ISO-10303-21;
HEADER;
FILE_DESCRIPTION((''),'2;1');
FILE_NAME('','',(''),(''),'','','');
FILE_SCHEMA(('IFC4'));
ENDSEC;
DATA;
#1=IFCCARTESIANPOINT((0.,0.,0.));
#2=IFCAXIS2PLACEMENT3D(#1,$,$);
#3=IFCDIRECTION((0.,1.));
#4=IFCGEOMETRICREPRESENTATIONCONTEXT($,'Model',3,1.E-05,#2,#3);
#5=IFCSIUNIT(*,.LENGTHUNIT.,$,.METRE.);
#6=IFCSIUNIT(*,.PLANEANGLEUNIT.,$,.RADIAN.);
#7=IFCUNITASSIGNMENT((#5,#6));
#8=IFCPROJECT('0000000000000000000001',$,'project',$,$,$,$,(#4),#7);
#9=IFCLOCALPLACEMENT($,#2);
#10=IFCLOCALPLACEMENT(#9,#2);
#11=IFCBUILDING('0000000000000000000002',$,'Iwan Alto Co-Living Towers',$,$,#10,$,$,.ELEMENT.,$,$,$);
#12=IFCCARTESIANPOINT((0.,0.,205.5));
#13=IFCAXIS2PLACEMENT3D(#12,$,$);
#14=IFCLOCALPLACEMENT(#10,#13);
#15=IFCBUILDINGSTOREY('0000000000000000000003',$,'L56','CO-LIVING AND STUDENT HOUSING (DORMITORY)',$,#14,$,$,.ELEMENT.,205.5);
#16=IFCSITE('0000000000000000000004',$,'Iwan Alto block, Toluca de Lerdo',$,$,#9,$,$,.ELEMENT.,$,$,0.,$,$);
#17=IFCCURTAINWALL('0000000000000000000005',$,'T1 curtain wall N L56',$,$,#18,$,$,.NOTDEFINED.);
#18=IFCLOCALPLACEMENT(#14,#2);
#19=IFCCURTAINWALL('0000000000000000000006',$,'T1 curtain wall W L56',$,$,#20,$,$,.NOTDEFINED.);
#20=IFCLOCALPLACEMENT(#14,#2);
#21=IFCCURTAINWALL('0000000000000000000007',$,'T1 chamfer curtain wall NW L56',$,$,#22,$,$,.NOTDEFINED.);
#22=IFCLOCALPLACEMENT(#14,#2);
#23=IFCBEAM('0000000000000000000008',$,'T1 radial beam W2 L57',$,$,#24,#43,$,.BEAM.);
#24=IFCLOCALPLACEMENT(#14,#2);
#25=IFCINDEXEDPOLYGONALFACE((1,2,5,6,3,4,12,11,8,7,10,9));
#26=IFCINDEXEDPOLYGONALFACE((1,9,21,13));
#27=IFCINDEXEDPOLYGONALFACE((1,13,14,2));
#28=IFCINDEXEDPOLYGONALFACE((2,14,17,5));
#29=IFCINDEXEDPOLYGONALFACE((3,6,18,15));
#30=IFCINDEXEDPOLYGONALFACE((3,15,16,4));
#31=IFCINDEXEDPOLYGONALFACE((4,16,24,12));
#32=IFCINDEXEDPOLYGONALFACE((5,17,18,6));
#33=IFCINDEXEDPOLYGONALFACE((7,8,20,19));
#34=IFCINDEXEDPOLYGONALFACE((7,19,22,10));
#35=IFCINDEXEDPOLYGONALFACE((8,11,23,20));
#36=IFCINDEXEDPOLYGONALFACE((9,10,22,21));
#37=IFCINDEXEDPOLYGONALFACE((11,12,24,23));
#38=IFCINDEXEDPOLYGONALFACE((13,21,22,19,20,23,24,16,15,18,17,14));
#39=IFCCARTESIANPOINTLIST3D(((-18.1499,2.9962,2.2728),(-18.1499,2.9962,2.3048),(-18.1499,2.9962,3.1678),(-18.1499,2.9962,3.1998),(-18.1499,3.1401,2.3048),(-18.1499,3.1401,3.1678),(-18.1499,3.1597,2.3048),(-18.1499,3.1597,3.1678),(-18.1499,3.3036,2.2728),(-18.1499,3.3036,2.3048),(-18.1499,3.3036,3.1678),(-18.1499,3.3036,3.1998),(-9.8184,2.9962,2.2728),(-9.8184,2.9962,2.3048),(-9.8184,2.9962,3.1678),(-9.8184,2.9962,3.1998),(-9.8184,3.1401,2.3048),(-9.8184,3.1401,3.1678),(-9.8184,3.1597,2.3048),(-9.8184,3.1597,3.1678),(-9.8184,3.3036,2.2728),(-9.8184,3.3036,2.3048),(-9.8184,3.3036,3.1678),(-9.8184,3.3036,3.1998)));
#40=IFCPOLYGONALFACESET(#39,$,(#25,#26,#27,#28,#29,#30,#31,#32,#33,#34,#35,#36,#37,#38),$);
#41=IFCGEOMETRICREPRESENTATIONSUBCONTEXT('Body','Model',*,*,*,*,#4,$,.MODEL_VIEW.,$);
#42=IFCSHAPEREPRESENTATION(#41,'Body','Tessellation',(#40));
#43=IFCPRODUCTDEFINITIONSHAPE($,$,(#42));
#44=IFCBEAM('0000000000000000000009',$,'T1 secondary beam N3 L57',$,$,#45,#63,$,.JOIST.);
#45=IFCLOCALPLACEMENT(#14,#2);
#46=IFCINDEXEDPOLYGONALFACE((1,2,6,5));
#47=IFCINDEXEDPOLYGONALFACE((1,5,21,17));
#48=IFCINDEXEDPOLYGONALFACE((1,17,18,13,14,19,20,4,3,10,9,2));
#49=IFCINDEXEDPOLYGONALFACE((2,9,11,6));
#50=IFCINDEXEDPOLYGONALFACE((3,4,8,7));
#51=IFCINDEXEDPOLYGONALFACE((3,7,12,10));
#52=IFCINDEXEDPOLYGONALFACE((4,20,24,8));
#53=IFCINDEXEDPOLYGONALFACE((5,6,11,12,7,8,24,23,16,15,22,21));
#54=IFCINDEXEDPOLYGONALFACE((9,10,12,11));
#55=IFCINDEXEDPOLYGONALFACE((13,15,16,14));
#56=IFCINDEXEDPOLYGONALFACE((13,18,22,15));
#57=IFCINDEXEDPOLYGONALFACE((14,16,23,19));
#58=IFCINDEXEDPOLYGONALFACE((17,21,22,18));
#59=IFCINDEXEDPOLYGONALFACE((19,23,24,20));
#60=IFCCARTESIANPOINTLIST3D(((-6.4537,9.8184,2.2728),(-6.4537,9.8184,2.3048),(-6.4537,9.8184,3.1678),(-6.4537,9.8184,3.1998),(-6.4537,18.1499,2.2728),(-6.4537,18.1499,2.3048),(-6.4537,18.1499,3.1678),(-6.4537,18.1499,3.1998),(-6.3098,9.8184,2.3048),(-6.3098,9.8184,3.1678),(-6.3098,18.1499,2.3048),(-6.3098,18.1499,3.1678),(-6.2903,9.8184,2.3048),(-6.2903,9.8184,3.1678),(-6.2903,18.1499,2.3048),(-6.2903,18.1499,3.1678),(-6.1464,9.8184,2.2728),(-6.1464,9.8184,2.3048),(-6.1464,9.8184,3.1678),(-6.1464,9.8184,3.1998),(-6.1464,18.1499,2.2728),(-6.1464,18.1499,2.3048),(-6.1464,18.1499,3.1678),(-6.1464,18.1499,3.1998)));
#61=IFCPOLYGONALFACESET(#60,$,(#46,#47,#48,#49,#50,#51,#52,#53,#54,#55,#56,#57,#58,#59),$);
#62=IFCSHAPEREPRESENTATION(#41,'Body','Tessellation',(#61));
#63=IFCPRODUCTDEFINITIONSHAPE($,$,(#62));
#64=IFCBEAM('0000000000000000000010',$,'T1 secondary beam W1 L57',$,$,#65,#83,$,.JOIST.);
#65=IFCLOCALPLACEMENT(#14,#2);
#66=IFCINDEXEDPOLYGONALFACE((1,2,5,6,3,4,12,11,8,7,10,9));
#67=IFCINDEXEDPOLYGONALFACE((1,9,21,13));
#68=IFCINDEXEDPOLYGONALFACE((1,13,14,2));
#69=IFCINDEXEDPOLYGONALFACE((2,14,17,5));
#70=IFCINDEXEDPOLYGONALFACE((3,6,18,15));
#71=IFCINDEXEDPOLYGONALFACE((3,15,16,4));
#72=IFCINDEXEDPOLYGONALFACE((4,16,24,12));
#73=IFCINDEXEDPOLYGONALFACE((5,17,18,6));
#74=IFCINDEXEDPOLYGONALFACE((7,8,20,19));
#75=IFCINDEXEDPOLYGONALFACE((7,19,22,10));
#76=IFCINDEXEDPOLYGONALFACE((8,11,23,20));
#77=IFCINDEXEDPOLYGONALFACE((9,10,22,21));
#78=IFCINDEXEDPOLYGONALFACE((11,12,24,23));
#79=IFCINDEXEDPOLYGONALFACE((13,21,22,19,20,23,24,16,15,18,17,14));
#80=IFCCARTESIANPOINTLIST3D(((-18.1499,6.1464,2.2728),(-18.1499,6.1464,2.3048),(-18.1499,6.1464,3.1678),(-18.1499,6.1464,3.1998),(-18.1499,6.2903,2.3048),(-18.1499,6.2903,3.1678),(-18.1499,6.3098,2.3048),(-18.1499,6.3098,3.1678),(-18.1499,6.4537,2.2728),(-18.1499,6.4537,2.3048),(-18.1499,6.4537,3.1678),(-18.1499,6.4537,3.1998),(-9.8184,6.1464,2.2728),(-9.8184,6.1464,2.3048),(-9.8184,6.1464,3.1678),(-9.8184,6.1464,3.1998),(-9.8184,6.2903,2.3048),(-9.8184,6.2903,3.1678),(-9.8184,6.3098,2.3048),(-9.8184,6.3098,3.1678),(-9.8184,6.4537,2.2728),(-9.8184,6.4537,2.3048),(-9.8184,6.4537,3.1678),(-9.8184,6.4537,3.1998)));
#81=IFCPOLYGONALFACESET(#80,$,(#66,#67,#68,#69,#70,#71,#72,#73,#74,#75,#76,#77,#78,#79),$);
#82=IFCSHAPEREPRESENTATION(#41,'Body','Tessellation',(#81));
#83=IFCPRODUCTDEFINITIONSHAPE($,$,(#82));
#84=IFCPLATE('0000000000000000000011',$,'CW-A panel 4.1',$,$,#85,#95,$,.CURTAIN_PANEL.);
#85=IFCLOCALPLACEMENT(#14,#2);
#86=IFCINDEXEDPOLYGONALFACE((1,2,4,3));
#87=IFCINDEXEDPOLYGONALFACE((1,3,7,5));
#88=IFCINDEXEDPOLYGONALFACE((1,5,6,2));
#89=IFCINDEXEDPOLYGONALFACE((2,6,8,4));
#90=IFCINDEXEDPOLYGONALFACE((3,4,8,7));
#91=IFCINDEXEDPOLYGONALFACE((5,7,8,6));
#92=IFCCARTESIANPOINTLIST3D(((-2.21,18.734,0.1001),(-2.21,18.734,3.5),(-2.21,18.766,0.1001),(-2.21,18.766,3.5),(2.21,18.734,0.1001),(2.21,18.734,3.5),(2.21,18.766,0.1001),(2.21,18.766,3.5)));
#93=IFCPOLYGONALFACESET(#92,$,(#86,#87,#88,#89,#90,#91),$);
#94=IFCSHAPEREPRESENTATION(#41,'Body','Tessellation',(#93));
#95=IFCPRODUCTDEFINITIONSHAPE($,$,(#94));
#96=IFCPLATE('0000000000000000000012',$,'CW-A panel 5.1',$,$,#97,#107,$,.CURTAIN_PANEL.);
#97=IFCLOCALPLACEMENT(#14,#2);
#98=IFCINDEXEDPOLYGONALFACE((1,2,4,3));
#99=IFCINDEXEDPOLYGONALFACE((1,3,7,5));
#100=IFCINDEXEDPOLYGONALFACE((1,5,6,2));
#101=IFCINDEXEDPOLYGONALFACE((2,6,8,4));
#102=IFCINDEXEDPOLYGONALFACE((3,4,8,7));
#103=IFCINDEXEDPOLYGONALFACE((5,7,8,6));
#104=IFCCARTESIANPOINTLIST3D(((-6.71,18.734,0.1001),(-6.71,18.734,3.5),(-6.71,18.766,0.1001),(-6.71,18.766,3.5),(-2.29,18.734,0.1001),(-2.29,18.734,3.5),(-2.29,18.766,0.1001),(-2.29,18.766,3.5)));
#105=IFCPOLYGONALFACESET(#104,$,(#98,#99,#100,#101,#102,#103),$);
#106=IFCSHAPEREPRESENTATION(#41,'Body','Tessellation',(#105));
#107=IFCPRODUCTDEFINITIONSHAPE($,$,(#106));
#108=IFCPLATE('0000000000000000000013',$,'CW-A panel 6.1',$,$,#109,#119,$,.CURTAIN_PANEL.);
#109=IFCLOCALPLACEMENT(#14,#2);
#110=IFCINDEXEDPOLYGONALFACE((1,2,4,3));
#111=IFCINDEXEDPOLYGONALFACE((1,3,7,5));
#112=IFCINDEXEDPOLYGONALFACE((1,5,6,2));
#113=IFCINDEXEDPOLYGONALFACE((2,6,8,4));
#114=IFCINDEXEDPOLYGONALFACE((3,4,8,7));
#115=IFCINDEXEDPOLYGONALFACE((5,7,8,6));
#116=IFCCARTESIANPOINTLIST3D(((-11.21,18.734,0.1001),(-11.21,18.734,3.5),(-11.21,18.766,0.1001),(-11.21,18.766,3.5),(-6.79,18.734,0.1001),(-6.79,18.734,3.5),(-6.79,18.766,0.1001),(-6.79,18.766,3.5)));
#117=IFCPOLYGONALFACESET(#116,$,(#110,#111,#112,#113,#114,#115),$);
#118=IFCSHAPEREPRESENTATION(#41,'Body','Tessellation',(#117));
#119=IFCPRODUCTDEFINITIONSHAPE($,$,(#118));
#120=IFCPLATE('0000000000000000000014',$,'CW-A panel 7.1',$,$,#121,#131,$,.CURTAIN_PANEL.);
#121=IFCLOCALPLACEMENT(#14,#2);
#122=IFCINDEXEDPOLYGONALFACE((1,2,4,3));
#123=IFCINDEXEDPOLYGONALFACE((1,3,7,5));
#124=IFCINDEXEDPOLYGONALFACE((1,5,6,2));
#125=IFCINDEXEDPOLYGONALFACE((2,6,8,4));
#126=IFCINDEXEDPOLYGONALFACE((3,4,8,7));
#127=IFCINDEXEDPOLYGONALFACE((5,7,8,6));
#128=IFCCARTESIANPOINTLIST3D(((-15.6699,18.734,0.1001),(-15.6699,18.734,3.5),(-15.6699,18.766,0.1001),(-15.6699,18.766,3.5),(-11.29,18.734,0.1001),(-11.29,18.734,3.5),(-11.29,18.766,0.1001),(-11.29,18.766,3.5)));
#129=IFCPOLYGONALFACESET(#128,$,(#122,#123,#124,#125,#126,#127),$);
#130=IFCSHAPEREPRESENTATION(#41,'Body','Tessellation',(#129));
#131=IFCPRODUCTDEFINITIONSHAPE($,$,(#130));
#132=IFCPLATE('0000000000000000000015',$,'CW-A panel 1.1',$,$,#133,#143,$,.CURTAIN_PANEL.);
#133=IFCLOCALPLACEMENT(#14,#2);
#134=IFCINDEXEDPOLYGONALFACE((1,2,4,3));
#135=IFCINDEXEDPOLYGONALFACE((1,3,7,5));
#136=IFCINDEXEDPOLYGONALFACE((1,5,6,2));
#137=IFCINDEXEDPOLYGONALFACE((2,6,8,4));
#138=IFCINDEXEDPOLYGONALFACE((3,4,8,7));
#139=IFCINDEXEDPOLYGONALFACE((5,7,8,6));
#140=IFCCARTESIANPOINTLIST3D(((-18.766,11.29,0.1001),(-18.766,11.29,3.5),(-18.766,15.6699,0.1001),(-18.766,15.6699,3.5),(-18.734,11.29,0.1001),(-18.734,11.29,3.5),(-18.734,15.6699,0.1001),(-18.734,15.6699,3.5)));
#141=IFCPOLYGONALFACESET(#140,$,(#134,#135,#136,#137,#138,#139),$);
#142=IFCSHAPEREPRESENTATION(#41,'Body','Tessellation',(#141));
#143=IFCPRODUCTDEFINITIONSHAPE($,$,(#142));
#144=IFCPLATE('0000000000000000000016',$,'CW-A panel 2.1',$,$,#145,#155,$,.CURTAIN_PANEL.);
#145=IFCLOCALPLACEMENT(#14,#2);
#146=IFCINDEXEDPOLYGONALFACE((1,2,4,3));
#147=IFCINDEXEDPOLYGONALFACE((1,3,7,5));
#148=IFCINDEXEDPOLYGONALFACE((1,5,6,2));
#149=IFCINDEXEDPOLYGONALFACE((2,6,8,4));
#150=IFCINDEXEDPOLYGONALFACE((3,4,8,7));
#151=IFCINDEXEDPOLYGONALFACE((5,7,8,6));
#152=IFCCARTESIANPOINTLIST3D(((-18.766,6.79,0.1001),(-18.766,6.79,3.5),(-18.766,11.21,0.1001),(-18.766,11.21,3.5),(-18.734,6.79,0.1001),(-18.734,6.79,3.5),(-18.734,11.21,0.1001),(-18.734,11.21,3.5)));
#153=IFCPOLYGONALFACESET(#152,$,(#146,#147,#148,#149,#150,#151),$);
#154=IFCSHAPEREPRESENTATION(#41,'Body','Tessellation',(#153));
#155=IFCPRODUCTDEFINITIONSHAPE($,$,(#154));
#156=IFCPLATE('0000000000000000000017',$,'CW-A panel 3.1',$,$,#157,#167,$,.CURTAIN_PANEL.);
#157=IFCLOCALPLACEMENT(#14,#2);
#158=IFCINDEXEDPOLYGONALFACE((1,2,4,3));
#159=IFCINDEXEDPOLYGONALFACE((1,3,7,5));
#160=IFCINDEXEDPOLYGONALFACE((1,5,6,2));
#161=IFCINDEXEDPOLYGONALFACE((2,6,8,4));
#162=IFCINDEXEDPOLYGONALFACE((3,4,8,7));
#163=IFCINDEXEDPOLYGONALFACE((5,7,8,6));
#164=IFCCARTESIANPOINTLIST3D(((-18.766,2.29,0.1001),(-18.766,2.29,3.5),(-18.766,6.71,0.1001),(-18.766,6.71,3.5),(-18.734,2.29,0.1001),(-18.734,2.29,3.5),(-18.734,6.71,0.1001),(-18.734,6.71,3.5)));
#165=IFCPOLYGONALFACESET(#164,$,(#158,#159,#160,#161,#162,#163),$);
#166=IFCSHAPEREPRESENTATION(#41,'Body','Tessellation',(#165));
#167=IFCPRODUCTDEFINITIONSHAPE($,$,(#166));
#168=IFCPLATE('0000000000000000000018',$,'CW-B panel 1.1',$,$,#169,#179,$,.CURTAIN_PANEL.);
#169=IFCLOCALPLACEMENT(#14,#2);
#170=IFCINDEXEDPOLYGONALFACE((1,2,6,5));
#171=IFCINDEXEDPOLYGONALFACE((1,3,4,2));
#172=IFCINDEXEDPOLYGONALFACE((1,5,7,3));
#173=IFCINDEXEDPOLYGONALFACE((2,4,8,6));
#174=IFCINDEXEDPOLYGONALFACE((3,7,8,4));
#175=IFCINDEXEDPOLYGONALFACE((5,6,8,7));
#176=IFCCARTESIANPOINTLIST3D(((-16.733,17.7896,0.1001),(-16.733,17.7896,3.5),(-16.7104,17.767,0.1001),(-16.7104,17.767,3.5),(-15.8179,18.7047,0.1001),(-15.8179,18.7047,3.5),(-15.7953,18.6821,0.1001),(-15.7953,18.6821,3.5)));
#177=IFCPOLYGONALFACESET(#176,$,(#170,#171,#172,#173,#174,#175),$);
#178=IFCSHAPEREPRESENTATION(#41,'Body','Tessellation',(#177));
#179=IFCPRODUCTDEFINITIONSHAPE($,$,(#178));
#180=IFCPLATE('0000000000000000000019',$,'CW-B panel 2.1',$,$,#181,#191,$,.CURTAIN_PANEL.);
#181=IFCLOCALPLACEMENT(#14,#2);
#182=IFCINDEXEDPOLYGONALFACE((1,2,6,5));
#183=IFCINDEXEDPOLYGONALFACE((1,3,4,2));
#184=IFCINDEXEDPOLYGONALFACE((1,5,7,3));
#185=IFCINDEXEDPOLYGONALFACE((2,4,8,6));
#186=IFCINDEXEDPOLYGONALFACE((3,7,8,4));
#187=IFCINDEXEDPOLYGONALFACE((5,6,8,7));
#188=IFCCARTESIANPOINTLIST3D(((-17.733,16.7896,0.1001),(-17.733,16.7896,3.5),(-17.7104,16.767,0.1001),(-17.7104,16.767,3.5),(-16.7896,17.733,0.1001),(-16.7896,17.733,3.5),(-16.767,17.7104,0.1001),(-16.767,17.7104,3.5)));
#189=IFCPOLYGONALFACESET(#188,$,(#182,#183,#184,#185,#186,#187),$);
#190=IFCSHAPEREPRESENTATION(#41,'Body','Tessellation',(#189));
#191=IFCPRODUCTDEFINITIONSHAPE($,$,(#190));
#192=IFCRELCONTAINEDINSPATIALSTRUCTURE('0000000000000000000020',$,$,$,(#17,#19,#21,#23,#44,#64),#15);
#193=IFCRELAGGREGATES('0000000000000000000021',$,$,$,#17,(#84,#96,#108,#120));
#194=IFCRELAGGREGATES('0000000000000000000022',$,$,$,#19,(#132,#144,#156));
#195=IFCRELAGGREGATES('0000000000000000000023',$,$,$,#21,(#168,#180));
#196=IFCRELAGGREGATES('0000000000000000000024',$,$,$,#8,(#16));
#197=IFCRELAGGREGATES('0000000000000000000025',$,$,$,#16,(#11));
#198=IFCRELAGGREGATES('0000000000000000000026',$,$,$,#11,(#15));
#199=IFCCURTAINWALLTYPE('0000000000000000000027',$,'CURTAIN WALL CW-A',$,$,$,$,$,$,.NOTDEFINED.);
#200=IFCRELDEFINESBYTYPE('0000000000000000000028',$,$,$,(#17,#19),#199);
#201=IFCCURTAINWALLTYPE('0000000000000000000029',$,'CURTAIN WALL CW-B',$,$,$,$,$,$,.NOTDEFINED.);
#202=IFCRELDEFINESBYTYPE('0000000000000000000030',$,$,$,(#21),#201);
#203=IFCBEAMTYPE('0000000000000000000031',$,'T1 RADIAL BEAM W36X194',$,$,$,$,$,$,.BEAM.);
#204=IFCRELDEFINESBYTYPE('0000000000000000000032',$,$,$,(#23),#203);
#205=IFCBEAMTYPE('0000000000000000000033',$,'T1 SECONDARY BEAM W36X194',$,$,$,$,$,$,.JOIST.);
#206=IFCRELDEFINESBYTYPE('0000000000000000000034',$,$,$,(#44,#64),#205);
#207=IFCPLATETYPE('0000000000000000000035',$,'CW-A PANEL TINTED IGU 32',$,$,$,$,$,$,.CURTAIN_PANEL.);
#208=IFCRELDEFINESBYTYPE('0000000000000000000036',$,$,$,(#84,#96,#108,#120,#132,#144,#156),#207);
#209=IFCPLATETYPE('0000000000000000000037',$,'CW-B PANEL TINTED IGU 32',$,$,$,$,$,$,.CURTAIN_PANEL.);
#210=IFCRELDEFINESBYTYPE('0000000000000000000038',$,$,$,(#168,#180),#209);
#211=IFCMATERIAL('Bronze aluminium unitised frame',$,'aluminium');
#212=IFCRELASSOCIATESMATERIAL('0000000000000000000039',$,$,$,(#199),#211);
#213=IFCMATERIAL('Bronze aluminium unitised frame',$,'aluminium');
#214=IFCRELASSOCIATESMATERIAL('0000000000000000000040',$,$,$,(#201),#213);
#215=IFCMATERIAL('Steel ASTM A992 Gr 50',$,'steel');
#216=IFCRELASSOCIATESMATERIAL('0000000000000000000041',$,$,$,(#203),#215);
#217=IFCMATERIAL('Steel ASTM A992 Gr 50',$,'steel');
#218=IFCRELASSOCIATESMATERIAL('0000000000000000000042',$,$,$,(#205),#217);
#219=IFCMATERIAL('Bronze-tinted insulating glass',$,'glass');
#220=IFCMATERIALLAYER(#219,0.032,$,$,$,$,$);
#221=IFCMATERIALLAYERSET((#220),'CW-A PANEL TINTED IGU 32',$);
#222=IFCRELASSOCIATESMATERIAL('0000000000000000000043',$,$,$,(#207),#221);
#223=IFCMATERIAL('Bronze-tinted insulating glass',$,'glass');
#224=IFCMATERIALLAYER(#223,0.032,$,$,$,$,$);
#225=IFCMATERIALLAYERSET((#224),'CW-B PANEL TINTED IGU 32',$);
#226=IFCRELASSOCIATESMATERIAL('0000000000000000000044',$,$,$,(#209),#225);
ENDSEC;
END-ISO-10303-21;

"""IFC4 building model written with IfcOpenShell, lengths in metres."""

from ifc_helpers import new_model, si_unit, direction, frame, origin, origin_2d, place, context, subcontext, project, spatial, rectangle, i_section, extrude, material, layer, layer_set, material_profile, profile_set, type_object, element, aggregate, save


model = new_model("IFC4")

# Units and contexts
model_context = context("Model", 3, precision=1e-05, world=origin(), true_north=direction((0.0, 1.0)))
body_context = subcontext(model_context, "Body", "Model", "MODEL_VIEW")
ifc_project = project(units=[si_unit("LENGTHUNIT", "METRE"), si_unit("PLANEANGLEUNIT", "RADIAN")], contexts=[model_context])

# Site, building, storey
site_placement = place(None, origin())
site = spatial("IfcSite", under=ifc_project, at=site_placement, Name="Iwan Alto block, Toluca de Lerdo", CompositionType="ELEMENT", RefElevation=0.0)
building_placement = place(site_placement, origin())
building = spatial("IfcBuilding", under=site, at=building_placement, Name="Iwan Alto Co-Living Towers", CompositionType="ELEMENT")
storey_placement = place(building_placement, frame((0.0, 0.0, 205.5)))
storey = spatial("IfcBuildingStorey", under=building, at=storey_placement, Name="L56", Description="CO-LIVING AND STUDENT HOUSING (DORMITORY)", CompositionType="ELEMENT", Elevation=205.5)

# Curtain walls
ifc_material_1 = material(Name="Bronze aluminium unitised frame", Category="aluminium")
curtain_wall_type_1 = type_object("IfcCurtainWallType", Name="CURTAIN WALL CW-A", PredefinedType="NOTDEFINED", material=ifc_material_1)
curtain_wall_1_placement = place(storey_placement, origin())
curtain_wall_1 = element("IfcCurtainWall", 1, at=curtain_wall_1_placement, inside=storey, type_object=curtain_wall_type_1, Name="T1 curtain wall N L56", PredefinedType="NOTDEFINED")
curtain_wall_2_placement = place(storey_placement, origin())
curtain_wall_2 = element("IfcCurtainWall", 2, at=curtain_wall_2_placement, inside=storey, type_object=curtain_wall_type_1, Name="T1 curtain wall W L56", PredefinedType="NOTDEFINED")
ifc_material_2 = material(Name="Bronze aluminium unitised frame", Category="aluminium")
curtain_wall_type_2 = type_object("IfcCurtainWallType", Name="CURTAIN WALL CW-B", PredefinedType="NOTDEFINED", material=ifc_material_2)
curtain_wall_3_placement = place(storey_placement, origin())
curtain_wall_3 = element("IfcCurtainWall", 3, at=curtain_wall_3_placement, inside=storey, type_object=curtain_wall_type_2, Name="T1 chamfer curtain wall NW L56", PredefinedType="NOTDEFINED")

# Beams
ifc_material_3 = material(Name="Steel ASTM A992 Gr 50", Category="steel")
ifc_material_profile_1 = material_profile(ifc_material_3, i_section(OverallWidth=0.3074, OverallDepth=0.927, WebThickness=0.0195, FlangeThickness=0.032, at=origin_2d()), Name="W36X194")
ifc_profile_set_1 = profile_set([ifc_material_profile_1], Name="Steel ASTM A992 Gr 50")
beam_type_1 = type_object("IfcBeamType", Name="T1 RADIAL BEAM W36X194", PredefinedType="BEAM", material=ifc_profile_set_1)
for number, where, z_axis, x_axis, name in (
    (4, (-18.1499, 3.1499, 2.7363), (1.0, 0.0, 0.0), (0.0, 1.0, 0.0), "T1 radial beam W2 L57"),
):
    element("IfcBeam", number, at=place(storey_placement, frame(where, z_axis=z_axis, x_axis=x_axis)), inside=storey, type_object=beam_type_1, Name=name, PredefinedType="BEAM", context=body_context, shape_type="SweptSolid", body=[
        extrude(i_section(OverallWidth=0.3074, OverallDepth=0.927, WebThickness=0.0195, FlangeThickness=0.032, at=origin_2d()), origin(), (0.0, 0.0, 1.0), 8.3315),
    ])
ifc_material_4 = material(Name="Steel ASTM A992 Gr 50", Category="steel")
ifc_material_profile_2 = material_profile(ifc_material_4, i_section(OverallWidth=0.3074, OverallDepth=0.927, WebThickness=0.0195, FlangeThickness=0.032, at=origin_2d()), Name="W36X194")
ifc_profile_set_2 = profile_set([ifc_material_profile_2], Name="Steel ASTM A992 Gr 50")
beam_type_2 = type_object("IfcBeamType", Name="T1 SECONDARY BEAM W36X194", PredefinedType="JOIST", material=ifc_profile_set_2)
for number, where, z_axis, x_axis, name in (
    (5, (-6.3, 18.1499, 2.7363), (0.0, -1.0, 0.0), (1.0, 0.0, 0.0), "T1 secondary beam N3 L57"),
    (6, (-18.1499, 6.3, 2.7363), (1.0, 0.0, 0.0), (0.0, 1.0, 0.0), "T1 secondary beam W1 L57"),
):
    element("IfcBeam", number, at=place(storey_placement, frame(where, z_axis=z_axis, x_axis=x_axis)), inside=storey, type_object=beam_type_2, Name=name, PredefinedType="JOIST", context=body_context, shape_type="SweptSolid", body=[
        extrude(i_section(OverallWidth=0.3074, OverallDepth=0.927, WebThickness=0.0195, FlangeThickness=0.032, at=origin_2d()), origin(), (0.0, 0.0, 1.0), 8.3315),
    ])

# Plates
ifc_material_5 = material(Name="Bronze-tinted insulating glass", Category="glass")
ifc_layer_1 = layer(ifc_material_5, 0.032)
ifc_layer_set_1 = layer_set([ifc_layer_1], Name="CW-A PANEL TINTED IGU 32")
plate_type_1 = type_object("IfcPlateType", Name="CW-A PANEL TINTED IGU 32", PredefinedType="CURTAIN_PANEL", material=ifc_layer_set_1)
plate_1_placement = place(storey_placement, frame((0.0, 18.75, 0.1001), z_axis=(0.0, 0.0, 1.0), x_axis=(-1.0, 0.0, 0.0)))
plate_1 = element("IfcPlate", 7, at=plate_1_placement, type_object=plate_type_1, Name="CW-A panel 4.1", PredefinedType="CURTAIN_PANEL", context=body_context, shape_type="SweptSolid", body=[
    extrude(rectangle(XDim=4.4199, YDim=0.032, at=origin_2d()), origin(), (0.0, 0.0, 1.0), 3.3999),
])
plate_2_placement = place(storey_placement, frame((-4.5, 18.75, 0.1001), z_axis=(0.0, 0.0, 1.0), x_axis=(-1.0, 0.0, 0.0)))
plate_2 = element("IfcPlate", 8, at=plate_2_placement, type_object=plate_type_1, Name="CW-A panel 5.1", PredefinedType="CURTAIN_PANEL", context=body_context, shape_type="SweptSolid", body=[
    extrude(rectangle(XDim=4.4199, YDim=0.032, at=origin_2d()), origin(), (0.0, 0.0, 1.0), 3.3999),
])
plate_3_placement = place(storey_placement, frame((-9.0, 18.75, 0.1001), z_axis=(0.0, 0.0, 1.0), x_axis=(-1.0, 0.0, 0.0)))
plate_3 = element("IfcPlate", 9, at=plate_3_placement, type_object=plate_type_1, Name="CW-A panel 6.1", PredefinedType="CURTAIN_PANEL", context=body_context, shape_type="SweptSolid", body=[
    extrude(rectangle(XDim=4.4199, YDim=0.032, at=origin_2d()), origin(), (0.0, 0.0, 1.0), 3.3999),
])
plate_4_placement = place(storey_placement, frame((-13.48, 18.75, 0.1001), z_axis=(0.0, 0.0, 1.0), x_axis=(-1.0, 0.0, 0.0)))
plate_4 = element("IfcPlate", 10, at=plate_4_placement, type_object=plate_type_1, Name="CW-A panel 7.1", PredefinedType="CURTAIN_PANEL", context=body_context, shape_type="SweptSolid", body=[
    extrude(rectangle(XDim=4.3799, YDim=0.032, at=origin_2d()), origin(), (0.0, 0.0, 1.0), 3.3999),
])
aggregate(curtain_wall_1, [plate_1, plate_2, plate_3, plate_4])
plate_5_placement = place(storey_placement, frame((-18.75, 13.48, 0.1001), z_axis=(0.0, 0.0, 1.0), x_axis=(0.0, -1.0, 0.0)))
plate_5 = element("IfcPlate", 11, at=plate_5_placement, type_object=plate_type_1, Name="CW-A panel 1.1", PredefinedType="CURTAIN_PANEL", context=body_context, shape_type="SweptSolid", body=[
    extrude(rectangle(XDim=4.3799, YDim=0.032, at=origin_2d()), origin(), (0.0, 0.0, 1.0), 3.3999),
])
plate_6_placement = place(storey_placement, frame((-18.75, 9.0, 0.1001), z_axis=(0.0, 0.0, 1.0), x_axis=(0.0, -1.0, 0.0)))
plate_6 = element("IfcPlate", 12, at=plate_6_placement, type_object=plate_type_1, Name="CW-A panel 2.1", PredefinedType="CURTAIN_PANEL", context=body_context, shape_type="SweptSolid", body=[
    extrude(rectangle(XDim=4.4199, YDim=0.032, at=origin_2d()), origin(), (0.0, 0.0, 1.0), 3.3999),
])
plate_7_placement = place(storey_placement, frame((-18.75, 4.5, 0.1001), z_axis=(0.0, 0.0, 1.0), x_axis=(0.0, -1.0, 0.0)))
plate_7 = element("IfcPlate", 13, at=plate_7_placement, type_object=plate_type_1, Name="CW-A panel 3.1", PredefinedType="CURTAIN_PANEL", context=body_context, shape_type="SweptSolid", body=[
    extrude(rectangle(XDim=4.4199, YDim=0.032, at=origin_2d()), origin(), (0.0, 0.0, 1.0), 3.3999),
])
aggregate(curtain_wall_2, [plate_5, plate_6, plate_7])
ifc_material_6 = material(Name="Bronze-tinted insulating glass", Category="glass")
ifc_layer_2 = layer(ifc_material_6, 0.032)
ifc_layer_set_2 = layer_set([ifc_layer_2], Name="CW-B PANEL TINTED IGU 32")
plate_type_2 = type_object("IfcPlateType", Name="CW-B PANEL TINTED IGU 32", PredefinedType="CURTAIN_PANEL", material=ifc_layer_set_2)
plate_8_placement = place(storey_placement, frame((-16.2642, 18.2358, 0.1001), z_axis=(0.0, 0.0, 1.0), x_axis=(-0.707107, -0.707107, 0.0)))
plate_8 = element("IfcPlate", 14, at=plate_8_placement, type_object=plate_type_2, Name="CW-B panel 1.1", PredefinedType="CURTAIN_PANEL", context=body_context, shape_type="SweptSolid", body=[
    extrude(rectangle(XDim=1.2942, YDim=0.032, at=origin_2d()), origin(), (0.0, 0.0, 1.0), 3.3999),
])
plate_9_placement = place(storey_placement, frame((-17.25, 17.25, 0.1001), z_axis=(0.0, 0.0, 1.0), x_axis=(-0.707107, -0.707107, 0.0)))
plate_9 = element("IfcPlate", 15, at=plate_9_placement, type_object=plate_type_2, Name="CW-B panel 2.1", PredefinedType="CURTAIN_PANEL", context=body_context, shape_type="SweptSolid", body=[
    extrude(rectangle(XDim=1.3342, YDim=0.032, at=origin_2d()), origin(), (0.0, 0.0, 1.0), 3.3999),
])
aggregate(curtain_wall_3, [plate_8, plate_9])

save(model, "model.ifc")
